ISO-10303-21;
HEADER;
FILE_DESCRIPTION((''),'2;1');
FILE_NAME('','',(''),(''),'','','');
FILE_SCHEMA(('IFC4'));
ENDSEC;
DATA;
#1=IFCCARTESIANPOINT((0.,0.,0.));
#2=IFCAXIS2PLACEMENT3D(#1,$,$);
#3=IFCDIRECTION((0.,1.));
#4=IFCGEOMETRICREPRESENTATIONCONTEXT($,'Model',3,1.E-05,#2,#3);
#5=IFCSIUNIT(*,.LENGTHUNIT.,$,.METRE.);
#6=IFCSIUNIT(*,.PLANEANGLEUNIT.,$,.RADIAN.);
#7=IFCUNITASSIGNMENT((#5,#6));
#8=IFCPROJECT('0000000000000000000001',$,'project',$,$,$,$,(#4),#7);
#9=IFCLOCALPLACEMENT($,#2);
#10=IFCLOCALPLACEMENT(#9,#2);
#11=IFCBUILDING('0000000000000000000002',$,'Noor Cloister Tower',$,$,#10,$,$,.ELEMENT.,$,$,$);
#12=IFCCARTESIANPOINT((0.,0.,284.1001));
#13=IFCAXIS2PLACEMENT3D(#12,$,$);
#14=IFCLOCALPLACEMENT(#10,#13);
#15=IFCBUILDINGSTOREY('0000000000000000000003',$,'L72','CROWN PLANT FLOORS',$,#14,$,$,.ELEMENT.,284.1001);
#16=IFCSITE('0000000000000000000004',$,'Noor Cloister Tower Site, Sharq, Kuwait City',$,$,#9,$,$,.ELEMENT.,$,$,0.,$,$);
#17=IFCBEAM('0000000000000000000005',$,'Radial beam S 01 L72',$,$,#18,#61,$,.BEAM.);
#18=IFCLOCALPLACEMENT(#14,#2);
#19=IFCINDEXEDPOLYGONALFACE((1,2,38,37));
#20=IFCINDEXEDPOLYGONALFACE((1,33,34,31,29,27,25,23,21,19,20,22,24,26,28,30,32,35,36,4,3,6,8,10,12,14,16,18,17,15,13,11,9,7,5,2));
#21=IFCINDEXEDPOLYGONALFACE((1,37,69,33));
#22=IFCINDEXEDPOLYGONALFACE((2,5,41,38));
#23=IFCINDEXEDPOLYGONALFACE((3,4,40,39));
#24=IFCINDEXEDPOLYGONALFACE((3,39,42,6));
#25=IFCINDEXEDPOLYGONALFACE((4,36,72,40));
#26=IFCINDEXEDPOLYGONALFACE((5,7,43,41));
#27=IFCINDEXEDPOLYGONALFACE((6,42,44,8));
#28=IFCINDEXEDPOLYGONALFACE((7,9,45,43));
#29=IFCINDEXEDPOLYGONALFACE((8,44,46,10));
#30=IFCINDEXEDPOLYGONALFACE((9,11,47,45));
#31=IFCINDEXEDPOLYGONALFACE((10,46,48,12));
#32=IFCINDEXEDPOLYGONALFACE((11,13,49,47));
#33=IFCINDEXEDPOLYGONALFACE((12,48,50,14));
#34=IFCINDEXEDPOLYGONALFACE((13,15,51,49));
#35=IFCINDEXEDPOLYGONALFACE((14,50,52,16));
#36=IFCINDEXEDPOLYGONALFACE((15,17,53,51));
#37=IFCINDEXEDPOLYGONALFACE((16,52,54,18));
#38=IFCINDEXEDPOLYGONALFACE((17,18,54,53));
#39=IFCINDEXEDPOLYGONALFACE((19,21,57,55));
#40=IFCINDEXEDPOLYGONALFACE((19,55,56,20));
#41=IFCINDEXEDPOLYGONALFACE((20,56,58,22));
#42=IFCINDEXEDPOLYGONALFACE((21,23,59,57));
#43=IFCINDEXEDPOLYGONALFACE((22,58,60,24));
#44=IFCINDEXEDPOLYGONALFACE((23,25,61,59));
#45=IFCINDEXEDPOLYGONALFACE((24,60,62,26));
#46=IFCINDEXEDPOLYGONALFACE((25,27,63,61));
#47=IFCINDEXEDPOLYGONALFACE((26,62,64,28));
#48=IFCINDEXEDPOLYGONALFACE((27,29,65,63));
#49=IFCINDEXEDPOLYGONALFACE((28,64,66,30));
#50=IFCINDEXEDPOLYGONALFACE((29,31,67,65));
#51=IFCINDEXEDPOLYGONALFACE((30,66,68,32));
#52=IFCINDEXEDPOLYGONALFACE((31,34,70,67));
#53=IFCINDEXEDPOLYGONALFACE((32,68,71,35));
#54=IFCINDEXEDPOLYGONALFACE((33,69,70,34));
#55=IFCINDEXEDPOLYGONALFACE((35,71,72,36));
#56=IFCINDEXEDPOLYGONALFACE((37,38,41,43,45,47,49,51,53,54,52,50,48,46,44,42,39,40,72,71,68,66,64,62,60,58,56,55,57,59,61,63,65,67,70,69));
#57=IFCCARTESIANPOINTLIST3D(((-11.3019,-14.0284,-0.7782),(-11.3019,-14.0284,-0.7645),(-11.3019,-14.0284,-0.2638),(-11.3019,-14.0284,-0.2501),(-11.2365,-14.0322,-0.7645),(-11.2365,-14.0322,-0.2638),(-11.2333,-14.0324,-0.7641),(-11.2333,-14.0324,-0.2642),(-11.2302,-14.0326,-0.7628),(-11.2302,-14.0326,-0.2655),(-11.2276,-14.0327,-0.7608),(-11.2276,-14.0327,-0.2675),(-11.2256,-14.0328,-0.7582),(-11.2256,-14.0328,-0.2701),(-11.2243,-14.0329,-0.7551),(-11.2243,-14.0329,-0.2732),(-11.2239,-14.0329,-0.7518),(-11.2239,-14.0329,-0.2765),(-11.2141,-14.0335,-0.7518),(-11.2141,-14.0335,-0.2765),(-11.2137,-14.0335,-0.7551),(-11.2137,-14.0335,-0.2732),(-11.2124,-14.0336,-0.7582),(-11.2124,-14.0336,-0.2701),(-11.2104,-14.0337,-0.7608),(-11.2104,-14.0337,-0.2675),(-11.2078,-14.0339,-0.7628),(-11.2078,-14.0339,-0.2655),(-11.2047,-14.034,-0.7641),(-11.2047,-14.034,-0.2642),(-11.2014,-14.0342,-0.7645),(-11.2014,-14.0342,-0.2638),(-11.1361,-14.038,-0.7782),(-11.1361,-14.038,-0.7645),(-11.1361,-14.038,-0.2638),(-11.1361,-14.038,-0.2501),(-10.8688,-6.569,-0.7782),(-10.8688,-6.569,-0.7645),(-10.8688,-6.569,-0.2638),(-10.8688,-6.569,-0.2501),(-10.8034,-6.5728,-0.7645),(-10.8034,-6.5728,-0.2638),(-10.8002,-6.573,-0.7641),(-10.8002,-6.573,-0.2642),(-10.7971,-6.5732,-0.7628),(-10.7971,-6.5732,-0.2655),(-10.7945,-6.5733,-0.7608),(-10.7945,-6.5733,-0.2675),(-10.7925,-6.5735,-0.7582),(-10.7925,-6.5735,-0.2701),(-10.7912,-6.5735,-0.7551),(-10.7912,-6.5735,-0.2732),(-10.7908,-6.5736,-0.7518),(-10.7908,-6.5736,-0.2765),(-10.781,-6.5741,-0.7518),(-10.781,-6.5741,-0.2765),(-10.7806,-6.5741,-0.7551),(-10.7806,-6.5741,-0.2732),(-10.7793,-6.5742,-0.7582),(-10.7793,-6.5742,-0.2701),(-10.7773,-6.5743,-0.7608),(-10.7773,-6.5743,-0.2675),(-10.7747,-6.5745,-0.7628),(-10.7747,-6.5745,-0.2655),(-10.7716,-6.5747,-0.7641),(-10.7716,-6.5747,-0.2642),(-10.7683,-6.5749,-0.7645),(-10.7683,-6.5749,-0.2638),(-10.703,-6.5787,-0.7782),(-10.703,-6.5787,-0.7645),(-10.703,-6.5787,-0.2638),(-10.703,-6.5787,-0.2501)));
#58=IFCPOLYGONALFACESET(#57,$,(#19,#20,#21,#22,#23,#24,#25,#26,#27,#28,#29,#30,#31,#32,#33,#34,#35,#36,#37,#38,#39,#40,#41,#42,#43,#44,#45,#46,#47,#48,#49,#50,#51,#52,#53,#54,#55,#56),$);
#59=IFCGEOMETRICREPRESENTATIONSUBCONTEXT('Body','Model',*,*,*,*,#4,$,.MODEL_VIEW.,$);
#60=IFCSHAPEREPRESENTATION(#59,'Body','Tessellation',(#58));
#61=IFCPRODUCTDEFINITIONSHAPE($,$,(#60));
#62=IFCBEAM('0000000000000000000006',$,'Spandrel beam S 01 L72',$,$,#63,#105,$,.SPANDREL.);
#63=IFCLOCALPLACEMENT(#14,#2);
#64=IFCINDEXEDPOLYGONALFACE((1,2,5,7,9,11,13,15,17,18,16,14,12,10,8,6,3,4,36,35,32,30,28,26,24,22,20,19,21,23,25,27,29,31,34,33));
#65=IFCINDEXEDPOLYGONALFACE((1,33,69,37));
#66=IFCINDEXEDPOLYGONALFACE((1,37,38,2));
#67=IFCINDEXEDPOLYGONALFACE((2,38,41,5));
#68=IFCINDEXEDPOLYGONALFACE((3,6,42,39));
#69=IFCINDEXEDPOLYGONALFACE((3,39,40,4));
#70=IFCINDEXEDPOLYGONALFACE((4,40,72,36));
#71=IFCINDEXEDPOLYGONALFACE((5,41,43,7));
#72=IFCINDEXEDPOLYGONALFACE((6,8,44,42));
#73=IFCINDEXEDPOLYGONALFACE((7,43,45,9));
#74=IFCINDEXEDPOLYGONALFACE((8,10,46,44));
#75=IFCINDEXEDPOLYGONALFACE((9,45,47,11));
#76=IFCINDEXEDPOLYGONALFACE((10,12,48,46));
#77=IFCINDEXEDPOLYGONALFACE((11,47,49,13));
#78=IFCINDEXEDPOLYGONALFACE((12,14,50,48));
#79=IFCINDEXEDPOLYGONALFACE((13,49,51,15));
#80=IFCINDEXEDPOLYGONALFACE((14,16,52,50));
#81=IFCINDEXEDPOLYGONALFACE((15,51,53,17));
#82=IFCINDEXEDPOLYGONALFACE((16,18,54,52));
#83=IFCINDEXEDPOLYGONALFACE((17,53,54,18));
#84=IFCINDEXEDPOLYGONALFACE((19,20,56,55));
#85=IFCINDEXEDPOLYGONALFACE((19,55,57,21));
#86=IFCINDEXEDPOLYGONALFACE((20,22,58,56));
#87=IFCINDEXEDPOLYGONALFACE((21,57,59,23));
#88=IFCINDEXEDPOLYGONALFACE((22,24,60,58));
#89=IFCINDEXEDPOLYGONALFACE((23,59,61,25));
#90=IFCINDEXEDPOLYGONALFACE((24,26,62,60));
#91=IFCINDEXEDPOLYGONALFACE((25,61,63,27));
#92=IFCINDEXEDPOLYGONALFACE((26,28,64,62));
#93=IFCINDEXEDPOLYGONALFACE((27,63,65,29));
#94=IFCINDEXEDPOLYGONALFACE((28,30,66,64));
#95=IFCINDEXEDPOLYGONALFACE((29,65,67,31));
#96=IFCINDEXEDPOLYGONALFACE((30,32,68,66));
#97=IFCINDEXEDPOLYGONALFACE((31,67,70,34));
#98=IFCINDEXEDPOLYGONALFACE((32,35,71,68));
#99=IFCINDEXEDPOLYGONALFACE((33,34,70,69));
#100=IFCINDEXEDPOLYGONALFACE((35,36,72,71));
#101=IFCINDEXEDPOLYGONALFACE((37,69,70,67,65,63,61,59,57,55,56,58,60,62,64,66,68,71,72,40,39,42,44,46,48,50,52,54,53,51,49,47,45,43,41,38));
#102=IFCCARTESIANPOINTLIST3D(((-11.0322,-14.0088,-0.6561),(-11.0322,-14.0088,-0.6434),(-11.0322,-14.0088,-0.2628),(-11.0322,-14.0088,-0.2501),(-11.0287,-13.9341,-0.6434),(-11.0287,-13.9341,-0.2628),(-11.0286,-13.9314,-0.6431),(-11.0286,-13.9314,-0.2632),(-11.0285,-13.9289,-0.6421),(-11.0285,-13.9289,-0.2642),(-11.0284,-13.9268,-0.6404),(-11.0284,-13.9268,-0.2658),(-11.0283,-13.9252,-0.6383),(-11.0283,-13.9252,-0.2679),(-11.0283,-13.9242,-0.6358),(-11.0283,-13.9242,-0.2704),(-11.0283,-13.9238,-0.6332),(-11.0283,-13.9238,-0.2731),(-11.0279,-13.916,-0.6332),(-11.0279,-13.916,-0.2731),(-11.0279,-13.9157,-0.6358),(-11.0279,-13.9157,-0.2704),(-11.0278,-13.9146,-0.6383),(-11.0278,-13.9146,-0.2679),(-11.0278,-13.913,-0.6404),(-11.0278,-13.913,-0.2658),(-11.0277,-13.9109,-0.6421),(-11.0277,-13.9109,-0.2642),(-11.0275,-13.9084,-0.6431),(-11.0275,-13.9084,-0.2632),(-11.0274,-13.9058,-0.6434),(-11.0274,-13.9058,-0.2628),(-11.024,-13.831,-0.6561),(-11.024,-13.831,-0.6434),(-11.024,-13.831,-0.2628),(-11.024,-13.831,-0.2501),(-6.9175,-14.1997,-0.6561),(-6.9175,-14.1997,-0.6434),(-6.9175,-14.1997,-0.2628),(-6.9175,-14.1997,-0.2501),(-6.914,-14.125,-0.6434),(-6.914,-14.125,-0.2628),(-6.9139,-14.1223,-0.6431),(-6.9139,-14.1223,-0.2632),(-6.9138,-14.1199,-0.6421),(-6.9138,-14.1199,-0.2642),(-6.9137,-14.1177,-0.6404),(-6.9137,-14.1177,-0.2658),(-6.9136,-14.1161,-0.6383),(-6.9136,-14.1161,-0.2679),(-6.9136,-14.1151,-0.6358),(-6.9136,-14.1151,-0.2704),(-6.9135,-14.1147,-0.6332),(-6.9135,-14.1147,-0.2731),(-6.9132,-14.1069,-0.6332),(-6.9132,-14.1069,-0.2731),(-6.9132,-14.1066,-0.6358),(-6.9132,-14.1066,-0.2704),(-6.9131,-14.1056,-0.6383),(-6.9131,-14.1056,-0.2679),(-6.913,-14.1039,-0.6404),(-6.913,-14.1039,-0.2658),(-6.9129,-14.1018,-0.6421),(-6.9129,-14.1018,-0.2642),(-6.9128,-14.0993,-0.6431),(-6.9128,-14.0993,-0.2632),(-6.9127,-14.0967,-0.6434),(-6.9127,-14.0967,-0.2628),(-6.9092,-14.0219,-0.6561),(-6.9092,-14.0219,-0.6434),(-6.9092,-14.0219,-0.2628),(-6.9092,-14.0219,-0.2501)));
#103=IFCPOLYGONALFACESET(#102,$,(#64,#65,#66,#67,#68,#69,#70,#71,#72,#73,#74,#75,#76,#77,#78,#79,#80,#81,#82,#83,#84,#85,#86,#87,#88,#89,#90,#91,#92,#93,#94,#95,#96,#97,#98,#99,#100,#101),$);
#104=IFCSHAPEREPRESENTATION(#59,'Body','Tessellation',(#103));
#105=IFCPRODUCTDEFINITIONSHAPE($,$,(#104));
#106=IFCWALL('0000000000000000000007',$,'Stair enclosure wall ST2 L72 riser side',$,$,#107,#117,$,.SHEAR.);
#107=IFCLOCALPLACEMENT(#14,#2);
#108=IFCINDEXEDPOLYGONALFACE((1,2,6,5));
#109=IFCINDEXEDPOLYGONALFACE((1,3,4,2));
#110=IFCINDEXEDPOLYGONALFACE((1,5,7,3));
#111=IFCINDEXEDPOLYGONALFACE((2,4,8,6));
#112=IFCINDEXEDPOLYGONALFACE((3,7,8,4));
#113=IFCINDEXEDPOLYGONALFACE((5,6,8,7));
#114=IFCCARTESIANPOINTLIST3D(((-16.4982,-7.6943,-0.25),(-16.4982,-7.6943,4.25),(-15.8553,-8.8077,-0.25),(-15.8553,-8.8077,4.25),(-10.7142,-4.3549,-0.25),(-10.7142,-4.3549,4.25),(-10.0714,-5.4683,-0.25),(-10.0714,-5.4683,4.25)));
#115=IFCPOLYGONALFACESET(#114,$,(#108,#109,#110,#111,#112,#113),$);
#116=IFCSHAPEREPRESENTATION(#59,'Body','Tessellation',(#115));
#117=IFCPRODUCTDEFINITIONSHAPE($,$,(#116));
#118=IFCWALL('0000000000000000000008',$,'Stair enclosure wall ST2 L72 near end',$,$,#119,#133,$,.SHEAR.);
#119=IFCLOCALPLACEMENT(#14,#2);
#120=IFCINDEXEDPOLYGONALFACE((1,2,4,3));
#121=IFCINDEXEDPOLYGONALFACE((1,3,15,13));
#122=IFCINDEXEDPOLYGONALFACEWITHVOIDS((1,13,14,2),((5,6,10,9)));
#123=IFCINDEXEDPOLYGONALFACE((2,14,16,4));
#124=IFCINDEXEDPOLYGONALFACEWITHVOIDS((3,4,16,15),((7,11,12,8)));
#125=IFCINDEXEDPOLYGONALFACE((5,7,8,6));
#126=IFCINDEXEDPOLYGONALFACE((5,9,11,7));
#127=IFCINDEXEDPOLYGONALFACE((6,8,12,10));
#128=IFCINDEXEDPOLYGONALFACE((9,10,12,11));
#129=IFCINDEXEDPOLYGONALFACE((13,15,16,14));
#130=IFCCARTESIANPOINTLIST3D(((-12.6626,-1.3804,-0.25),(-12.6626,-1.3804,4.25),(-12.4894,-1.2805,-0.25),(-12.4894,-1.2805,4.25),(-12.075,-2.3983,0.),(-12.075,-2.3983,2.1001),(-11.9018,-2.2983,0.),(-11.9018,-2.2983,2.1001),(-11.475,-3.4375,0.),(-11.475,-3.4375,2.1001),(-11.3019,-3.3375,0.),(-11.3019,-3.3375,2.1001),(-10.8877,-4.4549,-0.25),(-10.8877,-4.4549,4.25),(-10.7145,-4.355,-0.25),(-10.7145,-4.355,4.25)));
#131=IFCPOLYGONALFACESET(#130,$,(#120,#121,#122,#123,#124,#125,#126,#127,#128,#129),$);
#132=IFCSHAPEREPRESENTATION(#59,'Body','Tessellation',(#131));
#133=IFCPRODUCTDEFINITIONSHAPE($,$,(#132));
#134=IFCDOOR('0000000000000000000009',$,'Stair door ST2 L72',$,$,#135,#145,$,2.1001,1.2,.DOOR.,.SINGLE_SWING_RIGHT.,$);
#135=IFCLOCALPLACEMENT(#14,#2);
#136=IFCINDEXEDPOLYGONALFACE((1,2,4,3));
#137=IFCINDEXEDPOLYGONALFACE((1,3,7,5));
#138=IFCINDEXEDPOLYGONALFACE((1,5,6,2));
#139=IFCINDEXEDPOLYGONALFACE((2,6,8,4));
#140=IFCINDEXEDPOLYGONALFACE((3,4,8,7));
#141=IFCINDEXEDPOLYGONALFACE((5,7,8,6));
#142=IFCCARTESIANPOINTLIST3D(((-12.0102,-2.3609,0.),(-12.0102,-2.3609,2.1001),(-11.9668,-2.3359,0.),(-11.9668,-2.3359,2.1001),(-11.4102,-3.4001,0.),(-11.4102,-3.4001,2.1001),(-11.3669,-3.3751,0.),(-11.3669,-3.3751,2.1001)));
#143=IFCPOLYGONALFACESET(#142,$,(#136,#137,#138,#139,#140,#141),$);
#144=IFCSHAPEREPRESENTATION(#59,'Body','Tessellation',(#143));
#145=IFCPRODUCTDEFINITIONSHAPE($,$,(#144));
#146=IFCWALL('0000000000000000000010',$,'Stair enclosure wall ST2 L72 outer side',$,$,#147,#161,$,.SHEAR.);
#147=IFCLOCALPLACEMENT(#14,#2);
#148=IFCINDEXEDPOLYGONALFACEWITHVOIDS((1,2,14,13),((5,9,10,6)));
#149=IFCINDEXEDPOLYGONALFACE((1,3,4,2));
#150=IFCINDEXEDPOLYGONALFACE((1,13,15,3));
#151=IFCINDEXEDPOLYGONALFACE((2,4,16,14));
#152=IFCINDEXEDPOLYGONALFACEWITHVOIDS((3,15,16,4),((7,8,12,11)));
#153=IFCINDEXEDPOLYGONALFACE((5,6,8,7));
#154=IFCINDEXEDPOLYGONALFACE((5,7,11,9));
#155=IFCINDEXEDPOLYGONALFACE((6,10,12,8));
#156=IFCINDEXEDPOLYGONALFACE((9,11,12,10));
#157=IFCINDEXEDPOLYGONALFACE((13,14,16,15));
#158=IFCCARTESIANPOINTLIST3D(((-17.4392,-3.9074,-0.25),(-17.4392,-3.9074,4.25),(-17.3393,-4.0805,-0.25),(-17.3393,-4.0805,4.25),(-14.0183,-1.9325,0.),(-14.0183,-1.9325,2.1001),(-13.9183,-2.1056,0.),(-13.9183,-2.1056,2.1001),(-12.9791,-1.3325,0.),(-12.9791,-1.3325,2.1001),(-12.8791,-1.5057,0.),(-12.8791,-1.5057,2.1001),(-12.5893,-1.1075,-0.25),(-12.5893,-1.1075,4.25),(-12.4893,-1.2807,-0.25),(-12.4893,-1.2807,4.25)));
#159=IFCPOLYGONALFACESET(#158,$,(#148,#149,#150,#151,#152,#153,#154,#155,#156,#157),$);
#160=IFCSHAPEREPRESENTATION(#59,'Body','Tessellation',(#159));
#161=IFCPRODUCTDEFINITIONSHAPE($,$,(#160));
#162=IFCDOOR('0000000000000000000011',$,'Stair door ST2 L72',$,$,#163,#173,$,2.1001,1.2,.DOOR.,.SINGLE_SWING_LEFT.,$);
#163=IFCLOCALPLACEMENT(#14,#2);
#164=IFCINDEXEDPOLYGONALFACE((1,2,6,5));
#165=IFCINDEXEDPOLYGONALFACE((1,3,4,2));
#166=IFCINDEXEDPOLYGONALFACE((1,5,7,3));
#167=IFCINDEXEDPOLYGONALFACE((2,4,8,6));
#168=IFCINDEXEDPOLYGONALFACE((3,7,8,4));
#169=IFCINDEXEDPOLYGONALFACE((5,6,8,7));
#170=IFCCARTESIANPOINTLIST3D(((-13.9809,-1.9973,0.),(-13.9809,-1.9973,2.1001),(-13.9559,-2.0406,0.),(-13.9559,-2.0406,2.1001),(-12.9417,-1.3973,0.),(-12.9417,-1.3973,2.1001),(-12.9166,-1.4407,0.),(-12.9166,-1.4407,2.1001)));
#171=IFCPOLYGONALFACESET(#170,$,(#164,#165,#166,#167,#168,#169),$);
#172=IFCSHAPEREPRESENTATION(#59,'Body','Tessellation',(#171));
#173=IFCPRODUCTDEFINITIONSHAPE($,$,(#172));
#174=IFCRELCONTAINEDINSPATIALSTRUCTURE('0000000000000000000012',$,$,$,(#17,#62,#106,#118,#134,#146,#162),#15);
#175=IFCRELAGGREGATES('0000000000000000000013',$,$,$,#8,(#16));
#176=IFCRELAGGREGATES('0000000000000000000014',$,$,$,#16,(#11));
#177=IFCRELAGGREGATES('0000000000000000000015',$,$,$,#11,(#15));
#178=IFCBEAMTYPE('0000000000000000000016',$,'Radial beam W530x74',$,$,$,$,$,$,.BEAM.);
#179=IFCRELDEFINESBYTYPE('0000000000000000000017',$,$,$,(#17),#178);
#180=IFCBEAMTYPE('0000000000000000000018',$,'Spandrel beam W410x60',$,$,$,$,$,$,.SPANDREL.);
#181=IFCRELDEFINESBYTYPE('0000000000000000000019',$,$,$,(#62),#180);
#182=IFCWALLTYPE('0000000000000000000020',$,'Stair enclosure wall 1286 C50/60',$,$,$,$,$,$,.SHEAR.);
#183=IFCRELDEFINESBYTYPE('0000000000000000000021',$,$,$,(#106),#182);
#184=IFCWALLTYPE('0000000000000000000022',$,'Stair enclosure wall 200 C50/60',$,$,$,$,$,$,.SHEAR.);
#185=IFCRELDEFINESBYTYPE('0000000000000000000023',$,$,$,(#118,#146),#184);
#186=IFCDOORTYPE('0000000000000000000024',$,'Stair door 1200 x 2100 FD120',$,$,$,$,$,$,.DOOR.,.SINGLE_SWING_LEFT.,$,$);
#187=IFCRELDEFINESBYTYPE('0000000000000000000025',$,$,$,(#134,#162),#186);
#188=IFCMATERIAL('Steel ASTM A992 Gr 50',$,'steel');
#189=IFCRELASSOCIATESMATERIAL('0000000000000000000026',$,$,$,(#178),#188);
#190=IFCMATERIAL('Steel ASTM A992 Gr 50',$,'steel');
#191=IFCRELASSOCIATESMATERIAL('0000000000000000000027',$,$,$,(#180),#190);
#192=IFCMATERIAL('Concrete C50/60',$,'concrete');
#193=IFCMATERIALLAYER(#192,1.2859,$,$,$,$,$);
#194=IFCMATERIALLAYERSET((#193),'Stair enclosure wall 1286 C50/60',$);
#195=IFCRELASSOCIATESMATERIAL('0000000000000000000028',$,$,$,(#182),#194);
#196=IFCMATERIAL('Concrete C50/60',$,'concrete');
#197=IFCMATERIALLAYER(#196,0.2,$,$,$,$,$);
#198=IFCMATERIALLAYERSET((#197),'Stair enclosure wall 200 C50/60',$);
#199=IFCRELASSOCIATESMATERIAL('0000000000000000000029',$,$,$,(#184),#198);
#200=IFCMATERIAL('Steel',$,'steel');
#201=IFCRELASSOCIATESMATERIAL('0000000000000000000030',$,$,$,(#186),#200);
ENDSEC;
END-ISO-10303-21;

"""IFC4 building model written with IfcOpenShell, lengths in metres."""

from ifc_helpers import new_model, si_unit, direction, frame, frame_2d, origin, origin_2d, place, context, subcontext, project, spatial, rectangle, i_section, extrude, material, layer, layer_set, material_profile, profile_set, type_object, element, fill, save


model = new_model("IFC4")

# Units and contexts
model_context = context("Model", 3, precision=1e-05, world=origin(), true_north=direction((0.0, 1.0)))
body_context = subcontext(model_context, "Body", "Model", "MODEL_VIEW")
ifc_project = project(units=[si_unit("LENGTHUNIT", "METRE"), si_unit("PLANEANGLEUNIT", "RADIAN")], contexts=[model_context])

# Site, building, storey
site_placement = place(None, origin())
site = spatial("IfcSite", under=ifc_project, at=site_placement, Name="Noor Cloister Tower Site, Sharq, Kuwait City", CompositionType="ELEMENT", RefElevation=0.0)
building_placement = place(site_placement, origin())
building = spatial("IfcBuilding", under=site, at=building_placement, Name="Noor Cloister Tower", CompositionType="ELEMENT")
storey_placement = place(building_placement, frame((0.0, 0.0, 284.1001)))
storey = spatial("IfcBuildingStorey", under=building, at=storey_placement, Name="L72", Description="CROWN PLANT FLOORS", CompositionType="ELEMENT", Elevation=284.1001)

# Beams
ifc_material_1 = material(Name="Steel ASTM A992 Gr 50", Category="steel")
ifc_material_profile_1 = material_profile(ifc_material_1, i_section(OverallWidth=0.166, OverallDepth=0.5281, WebThickness=0.0098, FlangeThickness=0.0137, FilletRadius=0.0127, at=origin_2d()), Name="W530x74")
ifc_profile_set_1 = profile_set([ifc_material_profile_1], Name="Steel ASTM A992 Gr 50")
beam_type_1 = type_object("IfcBeamType", Name="Radial beam W530x74", PredefinedType="BEAM", material=ifc_profile_set_1)
beam_1_placement = place(storey_placement, frame((-11.219, -14.0332, -0.5142), z_axis=(0.057964, 0.998319, 0.0), x_axis=(-0.998319, 0.057964, 0.0)))
element("IfcBeam", 1, at=beam_1_placement, inside=storey, type_object=beam_type_1, Name="Radial beam S 01 L72", PredefinedType="BEAM", context=body_context, shape_type="SweptSolid", body=[
    extrude(i_section(OverallWidth=0.166, OverallDepth=0.5281, WebThickness=0.0098, FlangeThickness=0.0137, FilletRadius=0.0127, at=origin_2d()), origin(), (0.0, 0.0, 1.0), 7.4719),
])
ifc_material_2 = material(Name="Steel ASTM A992 Gr 50", Category="steel")
ifc_material_profile_2 = material_profile(ifc_material_2, i_section(OverallWidth=0.178, OverallDepth=0.406, WebThickness=0.0078, FlangeThickness=0.0127, FilletRadius=0.0103, at=origin_2d()), Name="W410x60")
ifc_profile_set_2 = profile_set([ifc_material_profile_2], Name="Steel ASTM A992 Gr 50")
beam_type_2 = type_object("IfcBeamType", Name="Spandrel beam W410x60", PredefinedType="SPANDREL", material=ifc_profile_set_2)
beam_2_placement = place(storey_placement, frame((-11.0281, -13.9199, -0.4531), z_axis=(0.998925, -0.046349, 0.0), x_axis=(0.046349, 0.998925, 0.0)))
element("IfcBeam", 2, at=beam_2_placement, inside=storey, type_object=beam_type_2, Name="Spandrel beam S 01 L72", PredefinedType="SPANDREL", context=body_context, shape_type="SweptSolid", body=[
    extrude(i_section(OverallWidth=0.178, OverallDepth=0.406, WebThickness=0.0078, FlangeThickness=0.0127, FilletRadius=0.0103, at=origin_2d()), origin(), (0.0, 0.0, 1.0), 4.1191),
])

# Wall
ifc_material_3 = material(Name="Concrete C50/60", Category="concrete")
ifc_layer_1 = layer(ifc_material_3, 1.2859)
ifc_layer_set_1 = layer_set([ifc_layer_1], Name="Stair enclosure wall 1286 C50/60")
wall_type_1 = type_object("IfcWallType", Name="Stair enclosure wall 1286 C50/60", PredefinedType="SHEAR", material=ifc_layer_set_1)
wall_1_placement = place(storey_placement, frame((-10.3928, -4.9116, -0.25), z_axis=(0.0, 0.0, 1.0), x_axis=(-0.866025, -0.5, 0.0)))
element("IfcWall", 3, at=wall_1_placement, inside=storey, type_object=wall_type_1, Name="Stair enclosure wall ST2 L72 riser side", PredefinedType="SHEAR", context=body_context, shape_type="SweptSolid", body=[
    extrude(rectangle(XDim=6.6787, YDim=1.2856, at=frame_2d((3.3394, 0.0))), origin(), (0.0, 0.0, 1.0), 4.5),
])

# Walls, openings, doors
ifc_material_4 = material(Name="Concrete C50/60", Category="concrete")
ifc_layer_2 = layer(ifc_material_4, 0.2)
ifc_layer_set_2 = layer_set([ifc_layer_2], Name="Stair enclosure wall 200 C50/60")
wall_type_2 = type_object("IfcWallType", Name="Stair enclosure wall 200 C50/60", PredefinedType="SHEAR", material=ifc_layer_set_2)
wall_2_placement = place(storey_placement, frame((-12.5759, -1.3306, -0.25), z_axis=(0.0, 0.0, 1.0), x_axis=(0.49997, -0.866042, 0.0)))
wall_2 = element("IfcWall", 4, at=wall_2_placement, inside=storey, type_object=wall_type_2, Name="Stair enclosure wall ST2 L72 near end", PredefinedType="SHEAR", context=body_context, shape_type="SweptSolid", body=[
    extrude(rectangle(XDim=3.55, YDim=0.2, at=frame_2d((1.7749, 0.0))), origin(), (0.0, 0.0, 1.0), 4.5),
])
opening_1_placement = place(wall_2_placement, frame((1.175, 0.0, 0.25)))
opening_1 = element("IfcOpeningElement", 5, at=opening_1_placement, cuts=wall_2, PredefinedType="OPENING", context=body_context, shape_type="SweptSolid", body=[
    extrude(rectangle(XDim=1.2, YDim=2.1001, at=frame_2d((0.6001, 1.05))), frame((0.0, 0.1099, 0.0), z_axis=(0.0, -1.0, 0.0), x_axis=(1.0, 0.0, 0.0)), (0.0, 0.0, 1.0), 0.22),
])
ifc_material_5 = material(Name="Steel", Category="steel")
door_type_1 = type_object("IfcDoorType", Name="Stair door 1200 x 2100 FD120", OperationType="SINGLE_SWING_LEFT", PredefinedType="DOOR", material=ifc_material_5)
door_1_placement = place(opening_1_placement, origin())
door_1 = element("IfcDoor", 6, at=door_1_placement, inside=storey, type_object=door_type_1, Name="Stair door ST2 L72", OperationType="SINGLE_SWING_RIGHT", OverallHeight=2.1001, OverallWidth=1.2, PredefinedType="DOOR", context=body_context, shape_type="SweptSolid", body=[
    extrude(rectangle(XDim=1.2, YDim=2.1001, at=frame_2d((0.6001, 1.05))), frame((0.0, 0.0249, 0.0), z_axis=(0.0, -1.0, 0.0), x_axis=(1.0, 0.0, 0.0)), (0.0, 0.0, 1.0), 0.05),
])
fill(opening_1, door_1)
wall_3_placement = place(storey_placement, frame((-12.5393, -1.1941, -0.25), z_axis=(0.0, 0.0, 1.0), x_axis=(-0.866045, -0.499965, 0.0)))
wall_3 = element("IfcWall", 7, at=wall_3_placement, inside=storey, type_object=wall_type_2, Name="Stair enclosure wall ST2 L72 outer side", PredefinedType="SHEAR", context=body_context, shape_type="SweptSolid", body=[
    extrude(rectangle(XDim=5.6001, YDim=0.2, at=frame_2d((2.8, 0.0))), origin(), (0.0, 0.0, 1.0), 4.5),
])
opening_2_placement = place(wall_3_placement, frame((0.45, 0.0, 0.25)))
opening_2 = element("IfcOpeningElement", 8, at=opening_2_placement, cuts=wall_3, PredefinedType="OPENING", context=body_context, shape_type="SweptSolid", body=[
    extrude(rectangle(XDim=1.2, YDim=2.1001, at=frame_2d((0.6001, 1.05))), frame((0.0, 0.1099, 0.0), z_axis=(0.0, -1.0, 0.0), x_axis=(1.0, 0.0, 0.0)), (0.0, 0.0, 1.0), 0.22),
])
door_2_placement = place(opening_2_placement, origin())
door_2 = element("IfcDoor", 9, at=door_2_placement, inside=storey, type_object=door_type_1, Name="Stair door ST2 L72", OperationType="SINGLE_SWING_LEFT", OverallHeight=2.1001, OverallWidth=1.2, PredefinedType="DOOR", context=body_context, shape_type="SweptSolid", body=[
    extrude(rectangle(XDim=1.2, YDim=2.1001, at=frame_2d((0.6001, 1.05))), frame((0.0, 0.0249, 0.0), z_axis=(0.0, -1.0, 0.0), x_axis=(1.0, 0.0, 0.0)), (0.0, 0.0, 1.0), 0.05),
])
fill(opening_2, door_2)

save(model, "model.ifc")
